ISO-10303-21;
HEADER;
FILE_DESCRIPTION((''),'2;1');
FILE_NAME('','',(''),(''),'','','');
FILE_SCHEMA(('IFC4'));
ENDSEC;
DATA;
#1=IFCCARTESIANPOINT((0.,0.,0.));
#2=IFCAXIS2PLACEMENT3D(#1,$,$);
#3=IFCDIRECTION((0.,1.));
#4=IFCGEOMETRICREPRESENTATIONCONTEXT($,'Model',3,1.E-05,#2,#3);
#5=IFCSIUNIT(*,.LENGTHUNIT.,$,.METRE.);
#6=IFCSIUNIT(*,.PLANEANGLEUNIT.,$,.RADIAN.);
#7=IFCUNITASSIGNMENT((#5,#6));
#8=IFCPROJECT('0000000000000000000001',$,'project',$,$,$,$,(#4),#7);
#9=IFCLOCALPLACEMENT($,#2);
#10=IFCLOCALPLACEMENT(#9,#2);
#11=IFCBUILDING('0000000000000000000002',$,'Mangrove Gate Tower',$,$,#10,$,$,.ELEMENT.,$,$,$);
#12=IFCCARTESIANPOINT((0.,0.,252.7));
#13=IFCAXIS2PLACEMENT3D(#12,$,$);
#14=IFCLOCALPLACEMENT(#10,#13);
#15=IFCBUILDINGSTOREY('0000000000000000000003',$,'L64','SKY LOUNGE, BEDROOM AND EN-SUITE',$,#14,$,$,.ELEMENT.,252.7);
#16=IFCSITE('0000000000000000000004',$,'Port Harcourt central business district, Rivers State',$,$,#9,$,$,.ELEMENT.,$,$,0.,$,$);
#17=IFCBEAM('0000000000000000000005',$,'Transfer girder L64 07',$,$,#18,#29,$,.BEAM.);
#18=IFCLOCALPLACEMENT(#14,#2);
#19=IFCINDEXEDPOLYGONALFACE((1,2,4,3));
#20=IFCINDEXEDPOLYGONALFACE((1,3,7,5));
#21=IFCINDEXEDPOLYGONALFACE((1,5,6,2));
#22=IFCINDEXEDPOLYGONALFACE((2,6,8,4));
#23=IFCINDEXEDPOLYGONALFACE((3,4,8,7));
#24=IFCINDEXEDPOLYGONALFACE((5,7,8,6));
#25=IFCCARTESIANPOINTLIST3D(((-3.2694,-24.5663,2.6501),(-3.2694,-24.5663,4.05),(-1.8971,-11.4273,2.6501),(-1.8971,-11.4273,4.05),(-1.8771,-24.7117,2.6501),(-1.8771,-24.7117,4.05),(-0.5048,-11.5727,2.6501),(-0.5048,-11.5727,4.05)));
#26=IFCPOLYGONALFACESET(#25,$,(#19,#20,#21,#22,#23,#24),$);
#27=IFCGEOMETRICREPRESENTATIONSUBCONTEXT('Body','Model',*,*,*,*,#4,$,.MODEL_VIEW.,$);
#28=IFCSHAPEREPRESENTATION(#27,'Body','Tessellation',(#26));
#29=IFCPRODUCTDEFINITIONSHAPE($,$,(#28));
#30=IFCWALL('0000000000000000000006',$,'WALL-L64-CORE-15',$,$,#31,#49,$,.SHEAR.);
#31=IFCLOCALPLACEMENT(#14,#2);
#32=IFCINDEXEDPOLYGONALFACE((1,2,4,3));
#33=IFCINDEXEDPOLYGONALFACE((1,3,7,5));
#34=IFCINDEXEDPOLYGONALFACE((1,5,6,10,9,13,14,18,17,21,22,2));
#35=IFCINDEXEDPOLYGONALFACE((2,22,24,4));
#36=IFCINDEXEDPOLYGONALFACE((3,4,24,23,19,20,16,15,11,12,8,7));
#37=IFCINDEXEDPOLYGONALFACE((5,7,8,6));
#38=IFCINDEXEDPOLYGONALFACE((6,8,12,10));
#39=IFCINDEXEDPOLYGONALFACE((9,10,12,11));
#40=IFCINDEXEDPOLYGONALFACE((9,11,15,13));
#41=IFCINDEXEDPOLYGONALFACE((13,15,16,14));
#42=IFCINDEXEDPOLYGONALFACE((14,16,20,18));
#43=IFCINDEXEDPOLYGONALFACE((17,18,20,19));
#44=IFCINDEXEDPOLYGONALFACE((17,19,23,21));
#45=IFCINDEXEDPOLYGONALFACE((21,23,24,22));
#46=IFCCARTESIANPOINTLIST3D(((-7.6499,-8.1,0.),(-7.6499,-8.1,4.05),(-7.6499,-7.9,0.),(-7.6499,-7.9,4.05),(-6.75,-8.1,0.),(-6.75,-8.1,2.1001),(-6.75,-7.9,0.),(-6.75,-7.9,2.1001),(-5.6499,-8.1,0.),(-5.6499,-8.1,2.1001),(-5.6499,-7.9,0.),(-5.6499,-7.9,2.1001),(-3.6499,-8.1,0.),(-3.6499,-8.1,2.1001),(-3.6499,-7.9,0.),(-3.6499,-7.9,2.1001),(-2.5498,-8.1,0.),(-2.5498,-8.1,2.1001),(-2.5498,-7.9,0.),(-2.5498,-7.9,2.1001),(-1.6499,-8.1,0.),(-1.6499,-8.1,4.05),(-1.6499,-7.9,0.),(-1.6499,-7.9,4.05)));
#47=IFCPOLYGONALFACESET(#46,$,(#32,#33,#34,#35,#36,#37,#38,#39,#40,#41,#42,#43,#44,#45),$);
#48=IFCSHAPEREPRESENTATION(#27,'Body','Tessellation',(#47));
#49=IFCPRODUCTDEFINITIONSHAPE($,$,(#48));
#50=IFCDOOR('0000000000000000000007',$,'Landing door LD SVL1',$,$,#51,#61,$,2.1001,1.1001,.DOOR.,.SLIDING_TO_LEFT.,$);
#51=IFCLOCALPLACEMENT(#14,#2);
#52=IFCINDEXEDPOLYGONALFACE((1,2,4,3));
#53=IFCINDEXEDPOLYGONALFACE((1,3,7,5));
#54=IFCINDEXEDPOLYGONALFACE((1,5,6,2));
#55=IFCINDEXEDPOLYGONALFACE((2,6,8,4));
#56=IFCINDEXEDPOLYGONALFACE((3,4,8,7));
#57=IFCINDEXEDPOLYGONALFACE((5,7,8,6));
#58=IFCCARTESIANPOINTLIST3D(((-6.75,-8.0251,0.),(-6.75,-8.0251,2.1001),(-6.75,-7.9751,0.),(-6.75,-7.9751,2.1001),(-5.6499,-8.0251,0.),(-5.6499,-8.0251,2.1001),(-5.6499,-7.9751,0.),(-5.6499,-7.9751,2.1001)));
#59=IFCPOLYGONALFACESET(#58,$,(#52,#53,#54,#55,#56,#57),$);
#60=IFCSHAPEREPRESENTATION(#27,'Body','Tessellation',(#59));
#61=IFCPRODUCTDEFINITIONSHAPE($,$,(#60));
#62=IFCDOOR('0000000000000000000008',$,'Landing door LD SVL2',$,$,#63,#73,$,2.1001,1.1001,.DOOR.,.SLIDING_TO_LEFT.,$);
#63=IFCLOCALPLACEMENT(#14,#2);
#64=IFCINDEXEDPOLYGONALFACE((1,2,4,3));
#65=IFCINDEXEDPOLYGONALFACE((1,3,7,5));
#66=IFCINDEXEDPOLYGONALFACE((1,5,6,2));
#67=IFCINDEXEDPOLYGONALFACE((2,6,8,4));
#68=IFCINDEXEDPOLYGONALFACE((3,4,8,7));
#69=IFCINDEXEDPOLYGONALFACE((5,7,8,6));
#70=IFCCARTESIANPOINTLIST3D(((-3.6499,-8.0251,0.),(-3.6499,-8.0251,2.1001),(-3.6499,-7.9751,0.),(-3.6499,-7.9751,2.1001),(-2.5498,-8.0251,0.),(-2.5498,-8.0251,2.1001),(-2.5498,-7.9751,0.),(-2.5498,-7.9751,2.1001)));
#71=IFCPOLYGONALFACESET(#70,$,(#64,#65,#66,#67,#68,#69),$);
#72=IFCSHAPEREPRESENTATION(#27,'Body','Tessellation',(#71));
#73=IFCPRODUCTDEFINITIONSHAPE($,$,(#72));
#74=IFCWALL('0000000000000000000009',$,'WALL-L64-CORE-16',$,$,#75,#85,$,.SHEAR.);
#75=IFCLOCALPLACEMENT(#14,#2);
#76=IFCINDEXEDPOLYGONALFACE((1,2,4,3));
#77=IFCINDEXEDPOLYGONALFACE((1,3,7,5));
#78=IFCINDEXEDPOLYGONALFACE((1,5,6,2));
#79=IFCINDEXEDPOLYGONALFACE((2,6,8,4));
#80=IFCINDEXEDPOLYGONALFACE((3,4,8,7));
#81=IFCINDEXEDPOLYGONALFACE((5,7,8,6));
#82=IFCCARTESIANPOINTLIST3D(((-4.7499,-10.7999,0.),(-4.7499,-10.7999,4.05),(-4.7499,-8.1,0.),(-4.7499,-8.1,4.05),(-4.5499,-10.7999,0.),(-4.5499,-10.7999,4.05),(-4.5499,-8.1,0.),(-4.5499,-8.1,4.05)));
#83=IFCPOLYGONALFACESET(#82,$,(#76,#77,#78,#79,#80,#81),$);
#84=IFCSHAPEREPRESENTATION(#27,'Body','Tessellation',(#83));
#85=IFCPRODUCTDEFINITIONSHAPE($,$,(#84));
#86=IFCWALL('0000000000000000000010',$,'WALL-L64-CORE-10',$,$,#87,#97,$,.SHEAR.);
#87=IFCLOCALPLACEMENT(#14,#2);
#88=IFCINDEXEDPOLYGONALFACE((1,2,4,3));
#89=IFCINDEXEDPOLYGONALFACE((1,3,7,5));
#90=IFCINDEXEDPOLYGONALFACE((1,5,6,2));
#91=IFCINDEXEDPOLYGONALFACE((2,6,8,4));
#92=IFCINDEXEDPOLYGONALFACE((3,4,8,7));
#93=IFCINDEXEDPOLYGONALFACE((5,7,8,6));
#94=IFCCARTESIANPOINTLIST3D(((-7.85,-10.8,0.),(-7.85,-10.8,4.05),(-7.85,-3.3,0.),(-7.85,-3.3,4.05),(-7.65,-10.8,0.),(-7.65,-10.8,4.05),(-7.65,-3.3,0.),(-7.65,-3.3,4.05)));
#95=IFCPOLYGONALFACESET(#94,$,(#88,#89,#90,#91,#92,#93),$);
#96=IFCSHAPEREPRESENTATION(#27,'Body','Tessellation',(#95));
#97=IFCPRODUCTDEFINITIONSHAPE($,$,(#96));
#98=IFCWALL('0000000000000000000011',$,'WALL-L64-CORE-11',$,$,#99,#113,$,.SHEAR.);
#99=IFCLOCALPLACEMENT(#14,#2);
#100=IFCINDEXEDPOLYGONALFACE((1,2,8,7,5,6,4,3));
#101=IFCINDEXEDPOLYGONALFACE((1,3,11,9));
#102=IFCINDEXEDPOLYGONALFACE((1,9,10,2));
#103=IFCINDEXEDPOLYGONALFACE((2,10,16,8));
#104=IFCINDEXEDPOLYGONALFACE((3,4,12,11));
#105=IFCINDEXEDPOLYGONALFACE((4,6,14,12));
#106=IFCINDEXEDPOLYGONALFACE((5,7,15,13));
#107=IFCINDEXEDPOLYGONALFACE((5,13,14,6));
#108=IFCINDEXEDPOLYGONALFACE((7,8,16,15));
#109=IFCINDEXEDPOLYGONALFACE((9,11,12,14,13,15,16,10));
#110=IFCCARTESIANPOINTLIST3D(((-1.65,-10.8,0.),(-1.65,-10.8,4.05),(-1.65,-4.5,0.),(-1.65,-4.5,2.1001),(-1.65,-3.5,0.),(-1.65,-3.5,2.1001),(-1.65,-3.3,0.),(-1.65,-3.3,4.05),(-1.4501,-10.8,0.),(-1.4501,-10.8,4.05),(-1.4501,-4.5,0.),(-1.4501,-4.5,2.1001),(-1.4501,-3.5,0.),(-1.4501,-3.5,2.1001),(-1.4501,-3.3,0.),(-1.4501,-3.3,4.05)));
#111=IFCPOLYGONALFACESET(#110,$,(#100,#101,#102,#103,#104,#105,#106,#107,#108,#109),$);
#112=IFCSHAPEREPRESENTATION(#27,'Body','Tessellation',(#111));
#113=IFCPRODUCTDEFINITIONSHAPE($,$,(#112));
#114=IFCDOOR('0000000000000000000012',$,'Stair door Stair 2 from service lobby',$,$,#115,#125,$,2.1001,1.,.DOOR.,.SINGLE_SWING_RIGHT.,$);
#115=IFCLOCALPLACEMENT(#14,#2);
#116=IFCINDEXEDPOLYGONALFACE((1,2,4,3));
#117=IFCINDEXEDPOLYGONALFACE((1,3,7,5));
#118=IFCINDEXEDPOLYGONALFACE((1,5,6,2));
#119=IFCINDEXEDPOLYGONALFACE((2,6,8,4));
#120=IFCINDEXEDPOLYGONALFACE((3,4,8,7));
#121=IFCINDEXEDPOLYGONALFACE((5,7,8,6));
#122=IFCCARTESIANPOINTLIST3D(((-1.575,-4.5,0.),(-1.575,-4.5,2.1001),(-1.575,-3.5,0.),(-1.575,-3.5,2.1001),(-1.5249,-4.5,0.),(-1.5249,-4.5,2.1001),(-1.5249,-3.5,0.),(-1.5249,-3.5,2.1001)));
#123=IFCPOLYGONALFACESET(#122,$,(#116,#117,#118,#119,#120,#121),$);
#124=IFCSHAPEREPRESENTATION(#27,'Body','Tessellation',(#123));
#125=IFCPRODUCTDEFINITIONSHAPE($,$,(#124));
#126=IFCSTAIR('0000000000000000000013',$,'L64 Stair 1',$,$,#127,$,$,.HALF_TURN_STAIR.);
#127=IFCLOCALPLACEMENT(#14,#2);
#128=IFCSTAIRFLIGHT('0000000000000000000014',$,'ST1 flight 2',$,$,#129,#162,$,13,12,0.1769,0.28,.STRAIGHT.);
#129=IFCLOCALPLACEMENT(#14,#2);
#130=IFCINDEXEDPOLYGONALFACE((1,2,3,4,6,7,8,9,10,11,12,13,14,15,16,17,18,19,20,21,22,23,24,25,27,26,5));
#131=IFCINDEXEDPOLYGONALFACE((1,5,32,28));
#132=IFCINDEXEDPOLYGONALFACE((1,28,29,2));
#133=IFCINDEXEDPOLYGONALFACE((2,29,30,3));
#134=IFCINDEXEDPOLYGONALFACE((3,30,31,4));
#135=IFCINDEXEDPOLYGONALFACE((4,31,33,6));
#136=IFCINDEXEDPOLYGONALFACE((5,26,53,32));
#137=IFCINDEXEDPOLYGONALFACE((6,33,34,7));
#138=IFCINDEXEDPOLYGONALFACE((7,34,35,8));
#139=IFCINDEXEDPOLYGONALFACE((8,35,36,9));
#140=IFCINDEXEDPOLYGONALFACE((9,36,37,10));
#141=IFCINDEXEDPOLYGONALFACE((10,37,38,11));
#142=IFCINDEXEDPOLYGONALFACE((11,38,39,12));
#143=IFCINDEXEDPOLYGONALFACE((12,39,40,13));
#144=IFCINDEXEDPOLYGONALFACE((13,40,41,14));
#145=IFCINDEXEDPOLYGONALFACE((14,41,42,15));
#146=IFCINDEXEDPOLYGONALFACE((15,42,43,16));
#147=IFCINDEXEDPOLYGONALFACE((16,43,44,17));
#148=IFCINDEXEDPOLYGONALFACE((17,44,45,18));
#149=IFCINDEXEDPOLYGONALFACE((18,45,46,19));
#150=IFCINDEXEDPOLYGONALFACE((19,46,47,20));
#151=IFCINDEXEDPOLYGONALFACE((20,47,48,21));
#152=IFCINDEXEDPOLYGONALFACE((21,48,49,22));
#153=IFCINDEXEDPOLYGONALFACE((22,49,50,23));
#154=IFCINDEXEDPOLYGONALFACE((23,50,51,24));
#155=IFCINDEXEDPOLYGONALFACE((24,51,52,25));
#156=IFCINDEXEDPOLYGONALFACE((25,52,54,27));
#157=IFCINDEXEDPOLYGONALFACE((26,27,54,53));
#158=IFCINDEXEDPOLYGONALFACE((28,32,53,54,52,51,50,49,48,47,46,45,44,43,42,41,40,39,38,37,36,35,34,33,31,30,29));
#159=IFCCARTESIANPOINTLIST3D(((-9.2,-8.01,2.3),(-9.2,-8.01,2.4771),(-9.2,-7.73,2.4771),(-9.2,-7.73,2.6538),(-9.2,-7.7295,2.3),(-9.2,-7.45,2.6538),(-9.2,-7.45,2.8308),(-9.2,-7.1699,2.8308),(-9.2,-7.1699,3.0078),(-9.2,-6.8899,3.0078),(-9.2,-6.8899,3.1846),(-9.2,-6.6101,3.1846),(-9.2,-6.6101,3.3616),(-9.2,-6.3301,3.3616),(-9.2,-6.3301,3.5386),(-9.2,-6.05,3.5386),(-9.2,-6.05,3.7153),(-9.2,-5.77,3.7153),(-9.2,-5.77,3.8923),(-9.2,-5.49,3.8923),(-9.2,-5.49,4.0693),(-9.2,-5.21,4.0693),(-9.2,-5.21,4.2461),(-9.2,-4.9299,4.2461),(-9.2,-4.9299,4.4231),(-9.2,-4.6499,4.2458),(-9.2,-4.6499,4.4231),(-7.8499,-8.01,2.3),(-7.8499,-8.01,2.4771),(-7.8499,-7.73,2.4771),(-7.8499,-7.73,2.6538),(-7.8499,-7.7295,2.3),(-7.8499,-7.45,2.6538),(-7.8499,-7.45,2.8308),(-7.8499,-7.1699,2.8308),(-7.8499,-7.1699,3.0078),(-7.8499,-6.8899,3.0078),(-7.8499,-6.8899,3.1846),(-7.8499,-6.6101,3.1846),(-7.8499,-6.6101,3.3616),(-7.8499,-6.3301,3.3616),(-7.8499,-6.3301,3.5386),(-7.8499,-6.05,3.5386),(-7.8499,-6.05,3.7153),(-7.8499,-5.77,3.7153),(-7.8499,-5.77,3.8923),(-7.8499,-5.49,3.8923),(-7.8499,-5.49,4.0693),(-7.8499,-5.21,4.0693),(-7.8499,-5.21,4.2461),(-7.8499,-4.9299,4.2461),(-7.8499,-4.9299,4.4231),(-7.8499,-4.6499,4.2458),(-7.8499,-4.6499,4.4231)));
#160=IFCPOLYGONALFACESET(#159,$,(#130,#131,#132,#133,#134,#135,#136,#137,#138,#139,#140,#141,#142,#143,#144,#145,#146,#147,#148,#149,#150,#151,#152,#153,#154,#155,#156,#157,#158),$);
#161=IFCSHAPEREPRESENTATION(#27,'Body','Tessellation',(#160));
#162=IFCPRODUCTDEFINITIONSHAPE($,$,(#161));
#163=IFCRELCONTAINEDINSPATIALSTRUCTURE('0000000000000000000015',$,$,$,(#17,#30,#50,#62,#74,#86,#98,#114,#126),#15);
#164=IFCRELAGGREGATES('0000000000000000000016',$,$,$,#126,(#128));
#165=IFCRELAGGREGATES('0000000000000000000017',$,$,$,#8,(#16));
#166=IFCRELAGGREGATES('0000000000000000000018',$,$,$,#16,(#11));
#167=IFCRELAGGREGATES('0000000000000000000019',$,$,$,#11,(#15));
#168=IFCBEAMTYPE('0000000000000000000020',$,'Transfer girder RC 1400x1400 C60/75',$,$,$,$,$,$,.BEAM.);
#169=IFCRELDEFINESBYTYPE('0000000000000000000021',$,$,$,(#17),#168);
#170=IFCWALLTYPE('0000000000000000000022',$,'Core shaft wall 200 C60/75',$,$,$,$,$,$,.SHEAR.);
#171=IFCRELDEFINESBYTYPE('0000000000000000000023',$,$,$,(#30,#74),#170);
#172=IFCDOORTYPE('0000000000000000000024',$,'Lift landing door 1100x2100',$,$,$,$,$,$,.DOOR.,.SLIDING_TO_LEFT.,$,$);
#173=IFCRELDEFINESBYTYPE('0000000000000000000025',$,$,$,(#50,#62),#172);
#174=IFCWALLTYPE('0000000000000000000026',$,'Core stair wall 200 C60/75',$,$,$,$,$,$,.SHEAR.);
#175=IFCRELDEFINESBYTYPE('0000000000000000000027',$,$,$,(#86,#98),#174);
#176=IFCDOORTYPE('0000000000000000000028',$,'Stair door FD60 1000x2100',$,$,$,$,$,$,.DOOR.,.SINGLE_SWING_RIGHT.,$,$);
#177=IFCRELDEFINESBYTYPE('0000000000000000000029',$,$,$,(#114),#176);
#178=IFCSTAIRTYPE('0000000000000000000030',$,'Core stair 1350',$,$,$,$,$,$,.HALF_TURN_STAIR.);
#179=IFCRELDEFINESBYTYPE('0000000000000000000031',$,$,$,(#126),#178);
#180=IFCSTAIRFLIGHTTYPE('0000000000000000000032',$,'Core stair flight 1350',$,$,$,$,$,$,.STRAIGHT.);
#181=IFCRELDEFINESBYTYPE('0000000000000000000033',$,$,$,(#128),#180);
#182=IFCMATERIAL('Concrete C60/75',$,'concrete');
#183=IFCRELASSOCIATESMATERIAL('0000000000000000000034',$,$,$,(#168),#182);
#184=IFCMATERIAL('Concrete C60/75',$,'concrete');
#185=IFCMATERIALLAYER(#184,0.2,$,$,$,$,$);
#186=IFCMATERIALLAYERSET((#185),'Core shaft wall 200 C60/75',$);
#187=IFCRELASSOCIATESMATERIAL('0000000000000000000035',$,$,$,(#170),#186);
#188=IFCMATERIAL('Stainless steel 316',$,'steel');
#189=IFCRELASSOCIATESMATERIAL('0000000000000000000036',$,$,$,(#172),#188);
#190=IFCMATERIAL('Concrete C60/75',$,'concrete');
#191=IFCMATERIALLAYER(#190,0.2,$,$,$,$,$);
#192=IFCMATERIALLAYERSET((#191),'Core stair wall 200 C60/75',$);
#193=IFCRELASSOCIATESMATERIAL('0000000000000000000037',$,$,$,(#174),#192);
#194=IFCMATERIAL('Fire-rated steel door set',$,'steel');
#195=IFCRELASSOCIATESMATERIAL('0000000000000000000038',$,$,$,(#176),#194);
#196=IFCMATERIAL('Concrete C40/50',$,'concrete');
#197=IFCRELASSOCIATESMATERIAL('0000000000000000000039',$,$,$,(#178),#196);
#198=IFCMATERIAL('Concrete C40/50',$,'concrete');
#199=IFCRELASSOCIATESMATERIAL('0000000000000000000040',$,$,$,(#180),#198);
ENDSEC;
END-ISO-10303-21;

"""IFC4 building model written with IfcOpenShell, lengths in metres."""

from ifc_helpers import new_model, si_unit, direction, frame, frame_2d, origin, origin_2d, place, context, subcontext, project, spatial, polyline, rectangle, outline, extrude, material, layer, layer_set, material_profile, profile_set, type_object, element, fill, aggregate, save


model = new_model("IFC4")

# Units and contexts
model_context = context("Model", 3, precision=1e-05, world=origin(), true_north=direction((0.0, 1.0)))
body_context = subcontext(model_context, "Body", "Model", "MODEL_VIEW")
ifc_project = project(units=[si_unit("LENGTHUNIT", "METRE"), si_unit("PLANEANGLEUNIT", "RADIAN")], contexts=[model_context])

# Site, building, storey
site_placement = place(None, origin())
site = spatial("IfcSite", under=ifc_project, at=site_placement, Name="Port Harcourt central business district, Rivers State", CompositionType="ELEMENT", RefElevation=0.0)
building_placement = place(site_placement, origin())
building = spatial("IfcBuilding", under=site, at=building_placement, Name="Mangrove Gate Tower", CompositionType="ELEMENT")
storey_placement = place(building_placement, frame((0.0, 0.0, 252.7)))
storey = spatial("IfcBuildingStorey", under=building, at=storey_placement, Name="L64", Description="SKY LOUNGE, BEDROOM AND EN-SUITE", CompositionType="ELEMENT", Elevation=252.7)

# Beam
ifc_material_1 = material(Name="Concrete C60/75", Category="concrete")
ifc_material_profile = material_profile(ifc_material_1, rectangle(XDim=1.3999, YDim=1.3999, at=origin_2d()))
ifc_profile_set = profile_set([ifc_material_profile], Name="Concrete C60/75")
beam_type = type_object("IfcBeamType", Name="Transfer girder RC 1400x1400 C60/75", PredefinedType="BEAM", material=ifc_profile_set)
beam_placement = place(storey_placement, frame((-1.2009, -11.5, 3.3501), z_axis=(-0.103881, -0.99459, 0.0), x_axis=(0.99459, -0.103881, 0.0)))
element("IfcBeam", 1, at=beam_placement, inside=storey, type_object=beam_type, Name="Transfer girder L64 07", PredefinedType="BEAM", context=body_context, shape_type="SweptSolid", body=[
    extrude(rectangle(XDim=1.3999, YDim=1.3999, at=origin_2d()), origin(), (0.0, 0.0, 1.0), 13.2104),
])

# Wall, openings, doors
ifc_material_2 = material(Name="Concrete C60/75", Category="concrete")
ifc_layer_1 = layer(ifc_material_2, 0.2)
ifc_layer_set_1 = layer_set([ifc_layer_1], Name="Core shaft wall 200 C60/75")
wall_type_1 = type_object("IfcWallType", Name="Core shaft wall 200 C60/75", PredefinedType="SHEAR", material=ifc_layer_set_1)
wall_1_placement = place(storey_placement, frame((-7.6499, -8.0, 0.0), z_axis=(0.0, 0.0, 1.0), x_axis=(1.0, 0.0, 0.0)))
wall_1 = element("IfcWall", 2, at=wall_1_placement, inside=storey, type_object=wall_type_1, Name="WALL-L64-CORE-15", PredefinedType="SHEAR", context=body_context, shape_type="SweptSolid", body=[
    extrude(rectangle(XDim=6.0, YDim=0.2, at=frame_2d((3.0, 0.0))), origin(), (0.0, 0.0, 1.0), 4.05),
])
opening_1_placement = place(wall_1_placement, frame((0.8999, 0.0, 0.0)))
opening_1 = element("IfcOpeningElement", 3, at=opening_1_placement, cuts=wall_1, PredefinedType="OPENING", context=body_context, shape_type="SweptSolid", body=[
    extrude(rectangle(XDim=1.1001, YDim=2.1001, at=frame_2d((0.55, 1.05))), frame((0.0, 0.1099, 0.0), z_axis=(0.0, -1.0, 0.0), x_axis=(1.0, 0.0, 0.0)), (0.0, 0.0, 1.0), 0.22),
])
opening_2_placement = place(wall_1_placement, frame((4.0, 0.0, 0.0)))
opening_2 = element("IfcOpeningElement", 4, at=opening_2_placement, cuts=wall_1, PredefinedType="OPENING", context=body_context, shape_type="SweptSolid", body=[
    extrude(rectangle(XDim=1.1001, YDim=2.1001, at=frame_2d((0.55, 1.05))), frame((0.0, 0.1099, 0.0), z_axis=(0.0, -1.0, 0.0), x_axis=(1.0, 0.0, 0.0)), (0.0, 0.0, 1.0), 0.22),
])
ifc_material_3 = material(Name="Stainless steel 316", Category="steel")
door_type_1 = type_object("IfcDoorType", Name="Lift landing door 1100x2100", OperationType="SLIDING_TO_LEFT", PredefinedType="DOOR", material=ifc_material_3)
door_1_placement = place(opening_1_placement, origin())
door_1 = element("IfcDoor", 5, at=door_1_placement, inside=storey, type_object=door_type_1, Name="Landing door LD SVL1", OperationType="SLIDING_TO_LEFT", OverallHeight=2.1001, OverallWidth=1.1001, PredefinedType="DOOR", context=body_context, shape_type="SweptSolid", body=[
    extrude(rectangle(XDim=1.1001, YDim=2.1001, at=frame_2d((0.55, 1.05))), frame((0.0, 0.0249, 0.0), z_axis=(0.0, -1.0, 0.0), x_axis=(1.0, 0.0, 0.0)), (0.0, 0.0, 1.0), 0.05),
])
fill(opening_1, door_1)
door_2_placement = place(opening_2_placement, origin())
door_2 = element("IfcDoor", 6, at=door_2_placement, inside=storey, type_object=door_type_1, Name="Landing door LD SVL2", OperationType="SLIDING_TO_LEFT", OverallHeight=2.1001, OverallWidth=1.1001, PredefinedType="DOOR", context=body_context, shape_type="SweptSolid", body=[
    extrude(rectangle(XDim=1.1001, YDim=2.1001, at=frame_2d((0.55, 1.05))), frame((0.0, 0.0249, 0.0), z_axis=(0.0, -1.0, 0.0), x_axis=(1.0, 0.0, 0.0)), (0.0, 0.0, 1.0), 0.05),
])
fill(opening_2, door_2)

# Walls
wall_2_placement = place(storey_placement, frame((-4.6499, -10.8, 0.0), z_axis=(0.0, 0.0, 1.0), x_axis=(0.0, 1.0, 0.0)))
element("IfcWall", 7, at=wall_2_placement, inside=storey, type_object=wall_type_1, Name="WALL-L64-CORE-16", PredefinedType="SHEAR", context=body_context, shape_type="SweptSolid", body=[
    extrude(rectangle(XDim=2.7, YDim=0.2, at=frame_2d((1.3501, 0.0))), origin(), (0.0, 0.0, 1.0), 4.05),
])
ifc_material_4 = material(Name="Concrete C60/75", Category="concrete")
ifc_layer_2 = layer(ifc_material_4, 0.2)
ifc_layer_set_2 = layer_set([ifc_layer_2], Name="Core stair wall 200 C60/75")
wall_type_2 = type_object("IfcWallType", Name="Core stair wall 200 C60/75", PredefinedType="SHEAR", material=ifc_layer_set_2)
wall_3_placement = place(storey_placement, frame((-7.75, -10.8, 0.0), z_axis=(0.0, 0.0, 1.0), x_axis=(0.0, 1.0, 0.0)))
element("IfcWall", 8, at=wall_3_placement, inside=storey, type_object=wall_type_2, Name="WALL-L64-CORE-10", PredefinedType="SHEAR", context=body_context, shape_type="SweptSolid", body=[
    extrude(rectangle(XDim=7.5, YDim=0.2, at=frame_2d((3.75, 0.0))), origin(), (0.0, 0.0, 1.0), 4.05),
])

# Wall, opening, door
wall_4_placement = place(storey_placement, frame((-1.55, -10.8, 0.0), z_axis=(0.0, 0.0, 1.0), x_axis=(0.0, 1.0, 0.0)))
wall_4 = element("IfcWall", 9, at=wall_4_placement, inside=storey, type_object=wall_type_2, Name="WALL-L64-CORE-11", PredefinedType="SHEAR", context=body_context, shape_type="SweptSolid", body=[
    extrude(rectangle(XDim=7.5, YDim=0.2, at=frame_2d((3.75, 0.0))), origin(), (0.0, 0.0, 1.0), 4.05),
])
opening_3_placement = place(wall_4_placement, frame((6.3, 0.0, 0.0)))
opening_3 = element("IfcOpeningElement", 10, at=opening_3_placement, cuts=wall_4, PredefinedType="OPENING", context=body_context, shape_type="SweptSolid", body=[
    extrude(rectangle(XDim=1.0, YDim=2.1001, at=frame_2d((0.5, 1.05))), frame((0.0, 0.1099, 0.0), z_axis=(0.0, -1.0, 0.0), x_axis=(1.0, 0.0, 0.0)), (0.0, 0.0, 1.0), 0.22),
])
ifc_material_5 = material(Name="Fire-rated steel door set", Category="steel")
door_type_2 = type_object("IfcDoorType", Name="Stair door FD60 1000x2100", OperationType="SINGLE_SWING_RIGHT", PredefinedType="DOOR", material=ifc_material_5)
door_3_placement = place(opening_3_placement, origin())
door_3 = element("IfcDoor", 11, at=door_3_placement, inside=storey, type_object=door_type_2, Name="Stair door Stair 2 from service lobby", OperationType="SINGLE_SWING_RIGHT", OverallHeight=2.1001, OverallWidth=1.0, PredefinedType="DOOR", context=body_context, shape_type="SweptSolid", body=[
    extrude(rectangle(XDim=1.0, YDim=2.1001, at=frame_2d((0.5, 1.05))), frame((0.0, 0.0249, 0.0), z_axis=(0.0, -1.0, 0.0), x_axis=(1.0, 0.0, 0.0)), (0.0, 0.0, 1.0), 0.05),
])
fill(opening_3, door_3)

# Stair, stair flight
ifc_material_6 = material(Name="Concrete C40/50", Category="concrete")
stair_type = type_object("IfcStairType", Name="Core stair 1350", PredefinedType="HALF_TURN_STAIR", material=ifc_material_6)
stair_1_placement = place(storey_placement, origin())
stair_1 = element("IfcStair", 12, at=stair_1_placement, inside=storey, type_object=stair_type, Name="L64 Stair 1", PredefinedType="HALF_TURN_STAIR")
ifc_material_7 = material(Name="Concrete C40/50", Category="concrete")
stair_flight_type = type_object("IfcStairFlightType", Name="Core stair flight 1350", PredefinedType="STRAIGHT", material=ifc_material_7)
stair_flight_1_placement = place(storey_placement, frame((-8.5249, -8.01, 2.3), z_axis=(0.0, 0.0, 1.0), x_axis=(0.0, 1.0, 0.0)))
stair_flight_1 = element("IfcStairFlight", 13, at=stair_flight_1_placement, type_object=stair_flight_type, Name="ST1 flight 2", NumberOfRisers=13, NumberOfTreads=12, PredefinedType="STRAIGHT", RiserHeight=0.1769, TreadLength=0.28, context=body_context, shape_type="SweptSolid", body=[
    extrude(outline(polyline([(0.0, 0.0), (0.0, 0.177), (0.28, 0.177), (0.28, 0.3538), (0.5601, 0.3538), (0.5601, 0.5308), (0.8401, 0.5308), (0.8401, 0.7078), (1.1201, 0.7078), (1.1201, 0.8845), (1.3999, 0.8845), (1.3999, 1.0615), (1.6799, 1.0615), (1.6799, 1.2385), (1.96, 1.2385), (1.96, 1.4153), (2.24, 1.4153), (2.24, 1.5923), (2.52, 1.5923), (2.52, 1.7693), (2.8, 1.7693), (2.8, 1.946), (3.0801, 1.946), (3.0801, 2.123), (3.3601, 2.123), (3.3601, 2.3), (3.3601, 1.9458), (0.2805, 0.0), (0.0, 0.0)])), frame((0.0, 0.675, 0.0), z_axis=(0.0, -1.0, 0.0), x_axis=(1.0, 0.0, 0.0)), (0.0, 0.0, 1.0), 1.3501),
])
aggregate(stair_1, [stair_flight_1])

save(model, "model.ifc")
